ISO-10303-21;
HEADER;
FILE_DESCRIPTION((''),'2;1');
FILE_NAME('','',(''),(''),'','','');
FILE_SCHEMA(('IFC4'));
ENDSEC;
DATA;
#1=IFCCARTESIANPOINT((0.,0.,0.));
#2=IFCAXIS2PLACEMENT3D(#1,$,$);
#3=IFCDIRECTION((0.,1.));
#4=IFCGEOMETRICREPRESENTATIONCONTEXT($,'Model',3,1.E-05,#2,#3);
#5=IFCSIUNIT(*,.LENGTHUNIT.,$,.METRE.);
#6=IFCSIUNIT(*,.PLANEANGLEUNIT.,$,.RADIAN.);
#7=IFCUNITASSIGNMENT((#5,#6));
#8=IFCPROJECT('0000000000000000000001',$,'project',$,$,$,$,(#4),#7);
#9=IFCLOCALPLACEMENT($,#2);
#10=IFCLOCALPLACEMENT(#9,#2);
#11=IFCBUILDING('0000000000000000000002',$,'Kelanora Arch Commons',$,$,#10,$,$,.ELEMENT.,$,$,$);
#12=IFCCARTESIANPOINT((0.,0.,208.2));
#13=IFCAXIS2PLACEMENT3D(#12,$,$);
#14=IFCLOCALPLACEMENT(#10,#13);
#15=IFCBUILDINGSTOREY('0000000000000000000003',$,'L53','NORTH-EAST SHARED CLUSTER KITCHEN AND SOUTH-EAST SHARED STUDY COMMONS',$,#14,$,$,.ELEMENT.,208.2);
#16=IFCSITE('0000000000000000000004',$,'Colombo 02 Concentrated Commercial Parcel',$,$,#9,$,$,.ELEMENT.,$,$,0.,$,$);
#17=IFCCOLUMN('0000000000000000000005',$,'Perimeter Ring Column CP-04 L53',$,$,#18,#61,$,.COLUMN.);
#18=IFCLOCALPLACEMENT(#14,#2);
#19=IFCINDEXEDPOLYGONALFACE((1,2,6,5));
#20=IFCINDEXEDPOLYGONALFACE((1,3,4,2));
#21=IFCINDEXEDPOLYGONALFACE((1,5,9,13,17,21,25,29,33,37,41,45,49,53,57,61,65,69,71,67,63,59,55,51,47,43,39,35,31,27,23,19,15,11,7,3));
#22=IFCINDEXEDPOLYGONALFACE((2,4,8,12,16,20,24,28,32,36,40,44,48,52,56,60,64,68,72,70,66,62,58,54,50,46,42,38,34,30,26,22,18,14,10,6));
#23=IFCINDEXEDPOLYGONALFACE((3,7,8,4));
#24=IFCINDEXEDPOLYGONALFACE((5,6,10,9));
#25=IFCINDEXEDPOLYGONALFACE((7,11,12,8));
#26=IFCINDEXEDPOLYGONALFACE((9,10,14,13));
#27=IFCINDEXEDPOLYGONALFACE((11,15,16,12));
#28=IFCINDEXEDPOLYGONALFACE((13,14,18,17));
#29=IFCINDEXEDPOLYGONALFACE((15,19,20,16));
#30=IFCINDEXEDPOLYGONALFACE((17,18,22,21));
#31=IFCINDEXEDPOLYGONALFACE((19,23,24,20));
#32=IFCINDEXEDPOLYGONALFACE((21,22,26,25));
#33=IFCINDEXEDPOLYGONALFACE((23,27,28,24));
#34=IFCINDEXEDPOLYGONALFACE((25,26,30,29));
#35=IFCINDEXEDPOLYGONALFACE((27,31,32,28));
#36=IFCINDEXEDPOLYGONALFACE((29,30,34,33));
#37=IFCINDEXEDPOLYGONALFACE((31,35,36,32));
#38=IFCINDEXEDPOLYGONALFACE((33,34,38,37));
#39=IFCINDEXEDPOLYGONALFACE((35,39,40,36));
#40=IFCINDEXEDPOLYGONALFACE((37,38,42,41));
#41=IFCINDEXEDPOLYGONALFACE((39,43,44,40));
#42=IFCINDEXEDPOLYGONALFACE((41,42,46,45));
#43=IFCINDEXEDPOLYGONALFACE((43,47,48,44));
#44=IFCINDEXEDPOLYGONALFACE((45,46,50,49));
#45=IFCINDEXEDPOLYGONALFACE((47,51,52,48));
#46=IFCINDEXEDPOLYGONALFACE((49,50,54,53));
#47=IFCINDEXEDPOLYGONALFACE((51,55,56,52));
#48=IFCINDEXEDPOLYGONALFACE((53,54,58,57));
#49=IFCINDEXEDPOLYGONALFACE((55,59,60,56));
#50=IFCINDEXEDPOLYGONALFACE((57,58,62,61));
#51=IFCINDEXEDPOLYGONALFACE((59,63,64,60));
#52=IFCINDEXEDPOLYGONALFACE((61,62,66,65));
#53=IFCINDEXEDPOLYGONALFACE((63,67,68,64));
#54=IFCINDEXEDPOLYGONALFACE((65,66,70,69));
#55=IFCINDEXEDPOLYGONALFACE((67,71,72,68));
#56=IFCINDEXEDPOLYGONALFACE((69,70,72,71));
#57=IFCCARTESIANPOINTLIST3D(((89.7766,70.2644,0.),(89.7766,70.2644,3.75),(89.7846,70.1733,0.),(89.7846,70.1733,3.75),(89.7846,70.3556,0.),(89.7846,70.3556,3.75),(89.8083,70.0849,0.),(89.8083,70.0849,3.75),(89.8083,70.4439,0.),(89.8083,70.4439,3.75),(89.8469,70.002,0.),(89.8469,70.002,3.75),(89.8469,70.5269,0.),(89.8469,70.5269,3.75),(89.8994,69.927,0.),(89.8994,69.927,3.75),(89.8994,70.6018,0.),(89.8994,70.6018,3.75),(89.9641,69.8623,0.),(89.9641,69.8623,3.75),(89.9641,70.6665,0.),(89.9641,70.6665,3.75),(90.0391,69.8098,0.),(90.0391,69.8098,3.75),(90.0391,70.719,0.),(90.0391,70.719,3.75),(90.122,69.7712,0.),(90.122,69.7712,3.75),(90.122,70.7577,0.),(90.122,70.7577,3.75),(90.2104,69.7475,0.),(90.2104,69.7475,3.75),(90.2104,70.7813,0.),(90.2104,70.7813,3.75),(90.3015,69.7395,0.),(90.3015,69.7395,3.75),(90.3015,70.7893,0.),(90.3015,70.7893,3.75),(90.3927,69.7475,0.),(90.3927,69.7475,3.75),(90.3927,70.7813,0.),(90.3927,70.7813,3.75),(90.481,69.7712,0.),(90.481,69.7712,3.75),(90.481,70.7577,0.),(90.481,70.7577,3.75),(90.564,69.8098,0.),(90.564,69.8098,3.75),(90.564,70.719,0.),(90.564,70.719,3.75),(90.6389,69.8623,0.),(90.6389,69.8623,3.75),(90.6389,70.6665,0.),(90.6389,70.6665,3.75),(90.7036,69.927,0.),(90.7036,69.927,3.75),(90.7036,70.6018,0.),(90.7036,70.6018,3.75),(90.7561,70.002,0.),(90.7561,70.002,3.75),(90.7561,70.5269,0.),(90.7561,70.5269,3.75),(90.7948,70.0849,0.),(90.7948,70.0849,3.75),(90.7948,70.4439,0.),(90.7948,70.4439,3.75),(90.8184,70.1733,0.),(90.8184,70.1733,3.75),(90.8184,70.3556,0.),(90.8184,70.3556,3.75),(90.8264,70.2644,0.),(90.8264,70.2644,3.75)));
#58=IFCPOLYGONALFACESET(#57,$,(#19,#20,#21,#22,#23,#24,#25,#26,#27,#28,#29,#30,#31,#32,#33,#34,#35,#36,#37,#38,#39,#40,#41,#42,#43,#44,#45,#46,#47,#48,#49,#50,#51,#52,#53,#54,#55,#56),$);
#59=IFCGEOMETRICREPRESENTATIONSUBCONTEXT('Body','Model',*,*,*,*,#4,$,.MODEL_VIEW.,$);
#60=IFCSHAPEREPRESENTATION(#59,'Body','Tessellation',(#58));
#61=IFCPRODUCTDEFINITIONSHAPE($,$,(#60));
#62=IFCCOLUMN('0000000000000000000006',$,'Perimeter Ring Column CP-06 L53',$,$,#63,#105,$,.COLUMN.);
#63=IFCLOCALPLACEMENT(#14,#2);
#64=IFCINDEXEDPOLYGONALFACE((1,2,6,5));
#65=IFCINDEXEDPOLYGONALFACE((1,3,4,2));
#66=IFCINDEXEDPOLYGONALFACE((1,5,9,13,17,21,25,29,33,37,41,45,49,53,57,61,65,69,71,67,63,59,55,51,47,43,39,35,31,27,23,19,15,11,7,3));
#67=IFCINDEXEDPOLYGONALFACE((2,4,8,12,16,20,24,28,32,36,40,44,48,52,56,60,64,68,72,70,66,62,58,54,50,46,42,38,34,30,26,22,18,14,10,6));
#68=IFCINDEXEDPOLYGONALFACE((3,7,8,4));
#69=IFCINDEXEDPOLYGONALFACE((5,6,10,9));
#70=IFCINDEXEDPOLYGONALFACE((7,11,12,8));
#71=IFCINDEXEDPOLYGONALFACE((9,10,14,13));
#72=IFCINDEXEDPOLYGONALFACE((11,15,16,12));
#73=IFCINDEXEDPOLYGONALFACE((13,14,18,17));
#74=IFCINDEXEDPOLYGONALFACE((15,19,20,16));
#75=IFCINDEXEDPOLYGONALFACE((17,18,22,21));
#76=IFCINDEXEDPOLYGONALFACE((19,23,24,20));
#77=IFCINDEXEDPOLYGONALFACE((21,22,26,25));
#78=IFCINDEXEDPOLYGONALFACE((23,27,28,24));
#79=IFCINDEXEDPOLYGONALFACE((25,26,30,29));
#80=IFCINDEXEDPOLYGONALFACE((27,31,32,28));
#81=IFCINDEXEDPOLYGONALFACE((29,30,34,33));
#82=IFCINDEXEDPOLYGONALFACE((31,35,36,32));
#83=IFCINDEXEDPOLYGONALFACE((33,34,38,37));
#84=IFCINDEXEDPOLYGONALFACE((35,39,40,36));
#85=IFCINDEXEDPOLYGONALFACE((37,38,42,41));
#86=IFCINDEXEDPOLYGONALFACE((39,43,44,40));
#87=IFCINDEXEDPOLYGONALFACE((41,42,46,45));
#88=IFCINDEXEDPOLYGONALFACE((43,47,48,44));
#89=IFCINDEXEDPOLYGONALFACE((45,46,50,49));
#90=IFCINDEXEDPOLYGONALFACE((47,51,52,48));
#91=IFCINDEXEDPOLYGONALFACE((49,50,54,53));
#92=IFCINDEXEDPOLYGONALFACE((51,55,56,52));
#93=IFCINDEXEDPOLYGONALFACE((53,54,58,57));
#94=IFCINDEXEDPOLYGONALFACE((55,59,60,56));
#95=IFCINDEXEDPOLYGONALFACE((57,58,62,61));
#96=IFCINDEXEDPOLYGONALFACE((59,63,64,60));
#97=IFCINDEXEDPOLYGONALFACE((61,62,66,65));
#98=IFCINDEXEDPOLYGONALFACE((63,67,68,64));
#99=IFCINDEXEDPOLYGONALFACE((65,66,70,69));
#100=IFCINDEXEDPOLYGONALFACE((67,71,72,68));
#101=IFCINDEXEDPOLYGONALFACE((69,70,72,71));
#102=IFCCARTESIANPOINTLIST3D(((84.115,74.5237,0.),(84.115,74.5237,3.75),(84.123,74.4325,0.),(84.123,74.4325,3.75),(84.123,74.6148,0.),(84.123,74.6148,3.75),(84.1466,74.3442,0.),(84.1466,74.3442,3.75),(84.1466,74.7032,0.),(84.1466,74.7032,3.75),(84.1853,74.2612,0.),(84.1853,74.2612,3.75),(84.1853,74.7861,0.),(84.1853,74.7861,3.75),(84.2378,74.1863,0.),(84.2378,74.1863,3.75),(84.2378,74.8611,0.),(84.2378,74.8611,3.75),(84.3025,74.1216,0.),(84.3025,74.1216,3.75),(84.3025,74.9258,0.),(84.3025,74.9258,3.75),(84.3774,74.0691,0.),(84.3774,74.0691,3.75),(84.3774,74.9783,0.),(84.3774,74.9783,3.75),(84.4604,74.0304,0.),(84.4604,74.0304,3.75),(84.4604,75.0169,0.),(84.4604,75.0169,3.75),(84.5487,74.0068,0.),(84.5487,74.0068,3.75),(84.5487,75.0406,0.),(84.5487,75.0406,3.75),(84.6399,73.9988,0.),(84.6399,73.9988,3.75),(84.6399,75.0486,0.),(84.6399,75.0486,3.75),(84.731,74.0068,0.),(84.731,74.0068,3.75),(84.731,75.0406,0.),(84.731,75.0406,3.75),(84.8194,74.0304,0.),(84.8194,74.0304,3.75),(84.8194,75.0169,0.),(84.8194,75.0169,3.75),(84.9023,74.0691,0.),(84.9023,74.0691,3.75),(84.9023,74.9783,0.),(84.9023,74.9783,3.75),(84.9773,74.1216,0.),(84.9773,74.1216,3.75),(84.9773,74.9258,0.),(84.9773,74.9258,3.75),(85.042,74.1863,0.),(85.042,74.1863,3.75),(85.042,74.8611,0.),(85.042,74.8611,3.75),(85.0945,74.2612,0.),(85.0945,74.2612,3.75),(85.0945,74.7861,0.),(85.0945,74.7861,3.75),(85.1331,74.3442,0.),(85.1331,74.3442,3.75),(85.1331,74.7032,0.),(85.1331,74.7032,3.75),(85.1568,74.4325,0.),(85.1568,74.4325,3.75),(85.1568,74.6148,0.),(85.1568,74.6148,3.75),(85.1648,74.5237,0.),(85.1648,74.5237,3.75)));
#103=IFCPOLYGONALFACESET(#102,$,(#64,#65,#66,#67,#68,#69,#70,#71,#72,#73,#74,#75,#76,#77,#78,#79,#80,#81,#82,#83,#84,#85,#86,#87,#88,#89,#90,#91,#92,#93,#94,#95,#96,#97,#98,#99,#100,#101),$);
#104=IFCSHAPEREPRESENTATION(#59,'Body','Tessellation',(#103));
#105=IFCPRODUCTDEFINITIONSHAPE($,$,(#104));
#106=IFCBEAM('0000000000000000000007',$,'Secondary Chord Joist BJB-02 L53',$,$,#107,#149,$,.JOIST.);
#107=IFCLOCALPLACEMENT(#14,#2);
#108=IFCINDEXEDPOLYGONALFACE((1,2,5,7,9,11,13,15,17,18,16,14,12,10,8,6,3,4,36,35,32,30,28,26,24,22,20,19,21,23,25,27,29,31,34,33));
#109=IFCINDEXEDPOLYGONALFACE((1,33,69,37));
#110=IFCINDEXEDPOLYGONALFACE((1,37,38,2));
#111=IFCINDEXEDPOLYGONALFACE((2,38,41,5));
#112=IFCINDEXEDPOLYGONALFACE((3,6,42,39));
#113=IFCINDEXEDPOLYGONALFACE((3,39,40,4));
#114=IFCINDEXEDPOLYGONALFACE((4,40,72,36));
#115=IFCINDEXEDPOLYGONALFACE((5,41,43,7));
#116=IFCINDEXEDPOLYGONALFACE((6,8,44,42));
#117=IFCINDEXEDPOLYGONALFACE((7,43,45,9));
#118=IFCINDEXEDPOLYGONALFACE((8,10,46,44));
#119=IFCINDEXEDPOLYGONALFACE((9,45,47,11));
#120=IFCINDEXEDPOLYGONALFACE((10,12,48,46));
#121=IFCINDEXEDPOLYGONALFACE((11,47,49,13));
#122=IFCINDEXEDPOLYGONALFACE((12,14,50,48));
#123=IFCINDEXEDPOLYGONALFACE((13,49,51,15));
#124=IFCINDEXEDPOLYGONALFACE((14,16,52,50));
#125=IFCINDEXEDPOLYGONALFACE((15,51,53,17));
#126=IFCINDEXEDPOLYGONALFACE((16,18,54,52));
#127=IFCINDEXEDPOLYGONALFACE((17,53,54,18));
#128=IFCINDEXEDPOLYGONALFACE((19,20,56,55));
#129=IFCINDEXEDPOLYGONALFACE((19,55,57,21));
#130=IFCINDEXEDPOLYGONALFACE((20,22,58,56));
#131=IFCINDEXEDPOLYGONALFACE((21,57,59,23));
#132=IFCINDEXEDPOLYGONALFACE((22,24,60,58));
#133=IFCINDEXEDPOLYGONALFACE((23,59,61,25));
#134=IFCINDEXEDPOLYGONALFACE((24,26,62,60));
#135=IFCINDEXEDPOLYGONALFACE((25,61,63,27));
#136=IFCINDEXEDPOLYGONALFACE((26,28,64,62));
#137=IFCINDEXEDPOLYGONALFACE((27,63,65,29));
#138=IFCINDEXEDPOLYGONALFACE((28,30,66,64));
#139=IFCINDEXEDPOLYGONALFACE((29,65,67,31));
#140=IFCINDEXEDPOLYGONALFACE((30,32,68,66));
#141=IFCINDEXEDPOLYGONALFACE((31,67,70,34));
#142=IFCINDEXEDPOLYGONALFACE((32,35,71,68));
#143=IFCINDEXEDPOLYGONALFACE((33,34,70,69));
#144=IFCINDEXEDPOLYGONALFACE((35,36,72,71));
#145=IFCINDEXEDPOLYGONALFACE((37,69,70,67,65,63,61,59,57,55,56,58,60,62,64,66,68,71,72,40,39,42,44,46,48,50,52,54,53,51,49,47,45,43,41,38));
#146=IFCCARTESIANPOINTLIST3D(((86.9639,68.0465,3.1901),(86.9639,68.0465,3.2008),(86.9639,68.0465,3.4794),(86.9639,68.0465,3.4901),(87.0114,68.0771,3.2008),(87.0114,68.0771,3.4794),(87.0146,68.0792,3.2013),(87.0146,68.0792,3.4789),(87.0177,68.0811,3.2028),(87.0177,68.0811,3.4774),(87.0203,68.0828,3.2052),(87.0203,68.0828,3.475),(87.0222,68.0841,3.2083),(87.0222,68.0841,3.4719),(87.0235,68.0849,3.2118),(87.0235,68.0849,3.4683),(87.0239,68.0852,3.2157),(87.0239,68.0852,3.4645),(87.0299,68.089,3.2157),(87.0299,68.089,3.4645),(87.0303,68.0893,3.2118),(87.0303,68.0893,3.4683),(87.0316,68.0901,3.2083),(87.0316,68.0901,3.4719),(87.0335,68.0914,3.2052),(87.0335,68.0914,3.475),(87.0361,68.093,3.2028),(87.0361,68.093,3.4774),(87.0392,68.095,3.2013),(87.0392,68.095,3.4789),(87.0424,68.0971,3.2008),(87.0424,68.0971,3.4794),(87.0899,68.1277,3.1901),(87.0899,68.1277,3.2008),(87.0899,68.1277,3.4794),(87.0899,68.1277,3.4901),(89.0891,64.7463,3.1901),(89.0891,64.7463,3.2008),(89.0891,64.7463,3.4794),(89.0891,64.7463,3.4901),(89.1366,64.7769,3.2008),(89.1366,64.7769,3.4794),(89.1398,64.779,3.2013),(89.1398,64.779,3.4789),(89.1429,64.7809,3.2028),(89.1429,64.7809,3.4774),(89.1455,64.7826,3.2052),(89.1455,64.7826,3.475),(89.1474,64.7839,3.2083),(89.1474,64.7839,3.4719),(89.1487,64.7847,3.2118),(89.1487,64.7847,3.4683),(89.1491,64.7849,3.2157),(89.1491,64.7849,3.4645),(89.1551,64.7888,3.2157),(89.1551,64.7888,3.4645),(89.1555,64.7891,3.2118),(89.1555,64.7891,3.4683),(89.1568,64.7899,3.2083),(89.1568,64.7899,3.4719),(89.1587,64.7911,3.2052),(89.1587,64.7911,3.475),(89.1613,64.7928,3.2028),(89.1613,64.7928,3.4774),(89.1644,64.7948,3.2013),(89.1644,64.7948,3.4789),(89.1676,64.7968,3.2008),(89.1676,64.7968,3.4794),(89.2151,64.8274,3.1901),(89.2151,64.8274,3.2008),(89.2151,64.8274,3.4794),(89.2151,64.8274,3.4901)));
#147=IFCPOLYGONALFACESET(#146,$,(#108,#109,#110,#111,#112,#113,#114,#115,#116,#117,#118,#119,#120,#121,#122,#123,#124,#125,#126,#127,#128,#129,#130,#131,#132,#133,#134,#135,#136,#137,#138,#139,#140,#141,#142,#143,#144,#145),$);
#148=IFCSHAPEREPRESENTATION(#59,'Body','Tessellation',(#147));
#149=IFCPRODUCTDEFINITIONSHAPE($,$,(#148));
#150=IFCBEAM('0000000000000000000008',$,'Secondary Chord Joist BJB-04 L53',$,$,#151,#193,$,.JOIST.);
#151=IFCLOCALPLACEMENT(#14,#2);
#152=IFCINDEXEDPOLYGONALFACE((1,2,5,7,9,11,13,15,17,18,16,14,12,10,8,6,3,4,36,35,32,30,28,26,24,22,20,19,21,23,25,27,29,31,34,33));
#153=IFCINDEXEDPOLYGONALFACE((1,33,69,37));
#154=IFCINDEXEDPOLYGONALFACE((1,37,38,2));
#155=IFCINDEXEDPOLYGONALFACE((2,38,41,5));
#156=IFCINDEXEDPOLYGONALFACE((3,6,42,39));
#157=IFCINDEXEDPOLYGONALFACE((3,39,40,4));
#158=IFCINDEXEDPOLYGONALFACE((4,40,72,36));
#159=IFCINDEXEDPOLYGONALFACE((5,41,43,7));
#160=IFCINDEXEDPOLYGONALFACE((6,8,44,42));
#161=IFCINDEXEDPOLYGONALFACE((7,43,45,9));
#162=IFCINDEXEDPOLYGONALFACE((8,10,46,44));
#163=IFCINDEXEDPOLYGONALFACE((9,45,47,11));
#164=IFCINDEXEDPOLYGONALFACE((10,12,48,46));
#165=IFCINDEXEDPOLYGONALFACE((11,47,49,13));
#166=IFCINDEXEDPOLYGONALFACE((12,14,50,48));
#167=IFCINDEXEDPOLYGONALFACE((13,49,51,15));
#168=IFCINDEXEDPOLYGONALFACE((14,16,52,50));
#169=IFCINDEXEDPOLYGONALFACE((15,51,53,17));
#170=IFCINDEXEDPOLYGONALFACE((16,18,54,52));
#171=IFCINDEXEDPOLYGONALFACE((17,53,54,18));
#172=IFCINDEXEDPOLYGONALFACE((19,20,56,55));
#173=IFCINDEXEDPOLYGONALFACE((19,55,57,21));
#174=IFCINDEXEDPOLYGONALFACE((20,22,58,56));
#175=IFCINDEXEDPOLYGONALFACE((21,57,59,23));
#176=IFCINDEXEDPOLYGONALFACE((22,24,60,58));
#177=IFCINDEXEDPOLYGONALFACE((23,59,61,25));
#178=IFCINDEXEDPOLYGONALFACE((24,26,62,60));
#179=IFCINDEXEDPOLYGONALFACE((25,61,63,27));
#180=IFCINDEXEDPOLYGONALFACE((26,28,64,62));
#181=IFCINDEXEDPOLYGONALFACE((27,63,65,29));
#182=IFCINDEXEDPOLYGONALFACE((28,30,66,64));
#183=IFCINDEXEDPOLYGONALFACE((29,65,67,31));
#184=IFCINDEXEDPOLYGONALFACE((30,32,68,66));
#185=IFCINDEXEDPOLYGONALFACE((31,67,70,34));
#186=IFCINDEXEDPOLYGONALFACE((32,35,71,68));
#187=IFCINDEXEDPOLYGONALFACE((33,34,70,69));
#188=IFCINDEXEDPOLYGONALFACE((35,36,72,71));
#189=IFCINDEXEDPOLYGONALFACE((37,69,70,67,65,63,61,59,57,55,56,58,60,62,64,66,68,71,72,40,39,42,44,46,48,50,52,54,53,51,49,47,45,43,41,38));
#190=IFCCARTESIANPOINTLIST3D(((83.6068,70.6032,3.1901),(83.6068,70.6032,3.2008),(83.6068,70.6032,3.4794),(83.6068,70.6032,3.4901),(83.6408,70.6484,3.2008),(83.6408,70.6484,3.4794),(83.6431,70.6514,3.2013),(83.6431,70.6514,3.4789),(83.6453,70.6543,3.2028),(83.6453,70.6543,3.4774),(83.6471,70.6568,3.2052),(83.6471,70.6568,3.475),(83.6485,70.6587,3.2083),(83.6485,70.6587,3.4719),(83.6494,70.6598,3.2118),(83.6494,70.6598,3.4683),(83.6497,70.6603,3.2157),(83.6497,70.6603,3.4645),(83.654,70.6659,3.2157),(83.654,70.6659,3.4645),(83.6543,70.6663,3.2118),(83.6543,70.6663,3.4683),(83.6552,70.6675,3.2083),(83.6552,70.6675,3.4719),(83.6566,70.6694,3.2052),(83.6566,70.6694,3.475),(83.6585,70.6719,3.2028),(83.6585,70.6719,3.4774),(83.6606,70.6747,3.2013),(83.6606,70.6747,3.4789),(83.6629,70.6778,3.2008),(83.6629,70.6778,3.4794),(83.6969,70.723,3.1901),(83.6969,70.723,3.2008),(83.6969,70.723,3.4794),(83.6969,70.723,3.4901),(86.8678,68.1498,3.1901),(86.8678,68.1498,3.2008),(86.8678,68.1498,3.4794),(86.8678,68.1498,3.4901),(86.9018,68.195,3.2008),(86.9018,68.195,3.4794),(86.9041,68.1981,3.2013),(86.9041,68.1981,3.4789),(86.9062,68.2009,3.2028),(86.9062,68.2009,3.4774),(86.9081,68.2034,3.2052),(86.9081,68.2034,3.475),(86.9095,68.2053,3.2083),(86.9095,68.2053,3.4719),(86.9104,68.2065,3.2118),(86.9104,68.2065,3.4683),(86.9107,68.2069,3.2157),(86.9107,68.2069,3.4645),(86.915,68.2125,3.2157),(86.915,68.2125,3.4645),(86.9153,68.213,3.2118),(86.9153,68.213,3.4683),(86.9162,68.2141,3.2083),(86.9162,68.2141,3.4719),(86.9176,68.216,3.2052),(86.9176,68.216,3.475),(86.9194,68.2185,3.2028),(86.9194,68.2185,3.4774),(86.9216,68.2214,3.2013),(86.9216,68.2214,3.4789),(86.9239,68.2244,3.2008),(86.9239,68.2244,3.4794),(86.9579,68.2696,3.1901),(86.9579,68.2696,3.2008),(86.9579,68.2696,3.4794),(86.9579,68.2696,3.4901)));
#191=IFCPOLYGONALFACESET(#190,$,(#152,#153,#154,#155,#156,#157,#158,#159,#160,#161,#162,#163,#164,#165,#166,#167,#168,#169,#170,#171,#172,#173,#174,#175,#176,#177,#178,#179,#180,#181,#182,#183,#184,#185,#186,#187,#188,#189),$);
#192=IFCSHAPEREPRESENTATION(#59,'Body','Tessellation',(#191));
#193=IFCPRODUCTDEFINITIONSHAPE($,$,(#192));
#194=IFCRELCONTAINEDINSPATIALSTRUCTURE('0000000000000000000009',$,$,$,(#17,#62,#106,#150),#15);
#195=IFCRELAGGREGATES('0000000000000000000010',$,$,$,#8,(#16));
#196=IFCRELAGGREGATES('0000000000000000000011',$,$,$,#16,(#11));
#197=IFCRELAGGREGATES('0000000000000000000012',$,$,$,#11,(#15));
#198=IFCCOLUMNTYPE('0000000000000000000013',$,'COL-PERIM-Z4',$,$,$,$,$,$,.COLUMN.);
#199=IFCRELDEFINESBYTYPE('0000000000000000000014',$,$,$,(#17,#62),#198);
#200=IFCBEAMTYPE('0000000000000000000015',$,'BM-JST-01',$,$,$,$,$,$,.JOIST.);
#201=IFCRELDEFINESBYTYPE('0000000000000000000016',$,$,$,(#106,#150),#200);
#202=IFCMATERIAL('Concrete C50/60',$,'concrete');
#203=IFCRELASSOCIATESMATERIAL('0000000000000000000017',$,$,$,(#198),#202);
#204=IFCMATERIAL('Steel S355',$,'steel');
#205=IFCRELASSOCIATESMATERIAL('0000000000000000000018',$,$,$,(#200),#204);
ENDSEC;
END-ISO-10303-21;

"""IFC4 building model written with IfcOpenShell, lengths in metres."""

from ifc_helpers import new_model, si_unit, direction, frame, origin, origin_2d, place, context, subcontext, project, spatial, circle, i_section, extrude, material, material_profile, profile_set, type_object, element, save


model = new_model("IFC4")

# Units and contexts
model_context = context("Model", 3, precision=1e-05, world=origin(), true_north=direction((0.0, 1.0)))
body_context = subcontext(model_context, "Body", "Model", "MODEL_VIEW")
ifc_project = project(units=[si_unit("LENGTHUNIT", "METRE"), si_unit("PLANEANGLEUNIT", "RADIAN")], contexts=[model_context])

# Site, building, storey
site_placement = place(None, origin())
site = spatial("IfcSite", under=ifc_project, at=site_placement, Name="Colombo 02 Concentrated Commercial Parcel", CompositionType="ELEMENT", RefElevation=0.0)
building_placement = place(site_placement, origin())
building = spatial("IfcBuilding", under=site, at=building_placement, Name="Kelanora Arch Commons", CompositionType="ELEMENT")
storey_placement = place(building_placement, frame((0.0, 0.0, 208.2)))
storey = spatial("IfcBuildingStorey", under=building, at=storey_placement, Name="L53", Description="NORTH-EAST SHARED CLUSTER KITCHEN AND SOUTH-EAST SHARED STUDY COMMONS", CompositionType="ELEMENT", Elevation=208.2)

# Columns
ifc_material_1 = material(Name="Concrete C50/60", Category="concrete")
ifc_material_profile_1 = material_profile(ifc_material_1, circle(Radius=0.5249, at=origin_2d()), Name="RCC1050")
ifc_profile_set_1 = profile_set([ifc_material_profile_1], Name="Concrete C50/60")
column_type = type_object("IfcColumnType", Name="COL-PERIM-Z4", PredefinedType="COLUMN", material=ifc_profile_set_1)
for number, where, z_axis, x_axis, name in (
    (1, (90.3015, 70.2644, 0.0), (0.0, 0.0, 1.0), (1.0, 0.0, 0.0), "Perimeter Ring Column CP-04 L53"),
    (2, (84.6399, 74.5237, 0.0), (0.0, 0.0, 1.0), (1.0, 0.0, 0.0), "Perimeter Ring Column CP-06 L53"),
):
    element("IfcColumn", number, at=place(storey_placement, frame(where, z_axis=z_axis, x_axis=x_axis)), inside=storey, type_object=column_type, Name=name, PredefinedType="COLUMN", context=body_context, shape_type="SweptSolid", body=[
        extrude(circle(Radius=0.5249, at=origin_2d()), origin(), (0.0, 0.0, 1.0), 3.75),
    ])

# Beams
ifc_material_2 = material(Name="Steel S355", Category="steel")
ifc_material_profile_2 = material_profile(ifc_material_2, i_section(OverallWidth=0.1499, OverallDepth=0.3, WebThickness=0.0071, FlangeThickness=0.0107, FilletRadius=0.0149, at=origin_2d()), Name="IPE300")
ifc_profile_set_2 = profile_set([ifc_material_profile_2], Name="Steel S355")
beam_type_1 = type_object("IfcBeamType", Name="BM-JST-01", PredefinedType="JOIST", material=ifc_profile_set_2)
beam_1_placement = place(storey_placement, frame((89.1521, 64.7869, 3.3401), z_axis=(-0.541411, 0.840758, 0.0), x_axis=(-0.840758, -0.541411, 0.0)))
element("IfcBeam", 3, at=beam_1_placement, inside=storey, type_object=beam_type_1, Name="Secondary Chord Joist BJB-02 L53", PredefinedType="JOIST", context=body_context, shape_type="SweptSolid", body=[
    extrude(i_section(OverallWidth=0.1499, OverallDepth=0.3, WebThickness=0.0071, FlangeThickness=0.0107, FilletRadius=0.0149, at=origin_2d()), origin(), (0.0, 0.0, 1.0), 3.9253),
])
beam_2_placement = place(storey_placement, frame((86.9128, 68.2097, 3.3401), z_axis=(-0.799102, 0.601196, 0.0), x_axis=(-0.601196, -0.799102, 0.0)))
element("IfcBeam", 4, at=beam_2_placement, inside=storey, type_object=beam_type_1, Name="Secondary Chord Joist BJB-04 L53", PredefinedType="JOIST", context=body_context, shape_type="SweptSolid", body=[
    extrude(i_section(OverallWidth=0.1499, OverallDepth=0.3, WebThickness=0.0071, FlangeThickness=0.0107, FilletRadius=0.0149, at=origin_2d()), origin(), (0.0, 0.0, 1.0), 4.0808),
])

save(model, "model.ifc")
